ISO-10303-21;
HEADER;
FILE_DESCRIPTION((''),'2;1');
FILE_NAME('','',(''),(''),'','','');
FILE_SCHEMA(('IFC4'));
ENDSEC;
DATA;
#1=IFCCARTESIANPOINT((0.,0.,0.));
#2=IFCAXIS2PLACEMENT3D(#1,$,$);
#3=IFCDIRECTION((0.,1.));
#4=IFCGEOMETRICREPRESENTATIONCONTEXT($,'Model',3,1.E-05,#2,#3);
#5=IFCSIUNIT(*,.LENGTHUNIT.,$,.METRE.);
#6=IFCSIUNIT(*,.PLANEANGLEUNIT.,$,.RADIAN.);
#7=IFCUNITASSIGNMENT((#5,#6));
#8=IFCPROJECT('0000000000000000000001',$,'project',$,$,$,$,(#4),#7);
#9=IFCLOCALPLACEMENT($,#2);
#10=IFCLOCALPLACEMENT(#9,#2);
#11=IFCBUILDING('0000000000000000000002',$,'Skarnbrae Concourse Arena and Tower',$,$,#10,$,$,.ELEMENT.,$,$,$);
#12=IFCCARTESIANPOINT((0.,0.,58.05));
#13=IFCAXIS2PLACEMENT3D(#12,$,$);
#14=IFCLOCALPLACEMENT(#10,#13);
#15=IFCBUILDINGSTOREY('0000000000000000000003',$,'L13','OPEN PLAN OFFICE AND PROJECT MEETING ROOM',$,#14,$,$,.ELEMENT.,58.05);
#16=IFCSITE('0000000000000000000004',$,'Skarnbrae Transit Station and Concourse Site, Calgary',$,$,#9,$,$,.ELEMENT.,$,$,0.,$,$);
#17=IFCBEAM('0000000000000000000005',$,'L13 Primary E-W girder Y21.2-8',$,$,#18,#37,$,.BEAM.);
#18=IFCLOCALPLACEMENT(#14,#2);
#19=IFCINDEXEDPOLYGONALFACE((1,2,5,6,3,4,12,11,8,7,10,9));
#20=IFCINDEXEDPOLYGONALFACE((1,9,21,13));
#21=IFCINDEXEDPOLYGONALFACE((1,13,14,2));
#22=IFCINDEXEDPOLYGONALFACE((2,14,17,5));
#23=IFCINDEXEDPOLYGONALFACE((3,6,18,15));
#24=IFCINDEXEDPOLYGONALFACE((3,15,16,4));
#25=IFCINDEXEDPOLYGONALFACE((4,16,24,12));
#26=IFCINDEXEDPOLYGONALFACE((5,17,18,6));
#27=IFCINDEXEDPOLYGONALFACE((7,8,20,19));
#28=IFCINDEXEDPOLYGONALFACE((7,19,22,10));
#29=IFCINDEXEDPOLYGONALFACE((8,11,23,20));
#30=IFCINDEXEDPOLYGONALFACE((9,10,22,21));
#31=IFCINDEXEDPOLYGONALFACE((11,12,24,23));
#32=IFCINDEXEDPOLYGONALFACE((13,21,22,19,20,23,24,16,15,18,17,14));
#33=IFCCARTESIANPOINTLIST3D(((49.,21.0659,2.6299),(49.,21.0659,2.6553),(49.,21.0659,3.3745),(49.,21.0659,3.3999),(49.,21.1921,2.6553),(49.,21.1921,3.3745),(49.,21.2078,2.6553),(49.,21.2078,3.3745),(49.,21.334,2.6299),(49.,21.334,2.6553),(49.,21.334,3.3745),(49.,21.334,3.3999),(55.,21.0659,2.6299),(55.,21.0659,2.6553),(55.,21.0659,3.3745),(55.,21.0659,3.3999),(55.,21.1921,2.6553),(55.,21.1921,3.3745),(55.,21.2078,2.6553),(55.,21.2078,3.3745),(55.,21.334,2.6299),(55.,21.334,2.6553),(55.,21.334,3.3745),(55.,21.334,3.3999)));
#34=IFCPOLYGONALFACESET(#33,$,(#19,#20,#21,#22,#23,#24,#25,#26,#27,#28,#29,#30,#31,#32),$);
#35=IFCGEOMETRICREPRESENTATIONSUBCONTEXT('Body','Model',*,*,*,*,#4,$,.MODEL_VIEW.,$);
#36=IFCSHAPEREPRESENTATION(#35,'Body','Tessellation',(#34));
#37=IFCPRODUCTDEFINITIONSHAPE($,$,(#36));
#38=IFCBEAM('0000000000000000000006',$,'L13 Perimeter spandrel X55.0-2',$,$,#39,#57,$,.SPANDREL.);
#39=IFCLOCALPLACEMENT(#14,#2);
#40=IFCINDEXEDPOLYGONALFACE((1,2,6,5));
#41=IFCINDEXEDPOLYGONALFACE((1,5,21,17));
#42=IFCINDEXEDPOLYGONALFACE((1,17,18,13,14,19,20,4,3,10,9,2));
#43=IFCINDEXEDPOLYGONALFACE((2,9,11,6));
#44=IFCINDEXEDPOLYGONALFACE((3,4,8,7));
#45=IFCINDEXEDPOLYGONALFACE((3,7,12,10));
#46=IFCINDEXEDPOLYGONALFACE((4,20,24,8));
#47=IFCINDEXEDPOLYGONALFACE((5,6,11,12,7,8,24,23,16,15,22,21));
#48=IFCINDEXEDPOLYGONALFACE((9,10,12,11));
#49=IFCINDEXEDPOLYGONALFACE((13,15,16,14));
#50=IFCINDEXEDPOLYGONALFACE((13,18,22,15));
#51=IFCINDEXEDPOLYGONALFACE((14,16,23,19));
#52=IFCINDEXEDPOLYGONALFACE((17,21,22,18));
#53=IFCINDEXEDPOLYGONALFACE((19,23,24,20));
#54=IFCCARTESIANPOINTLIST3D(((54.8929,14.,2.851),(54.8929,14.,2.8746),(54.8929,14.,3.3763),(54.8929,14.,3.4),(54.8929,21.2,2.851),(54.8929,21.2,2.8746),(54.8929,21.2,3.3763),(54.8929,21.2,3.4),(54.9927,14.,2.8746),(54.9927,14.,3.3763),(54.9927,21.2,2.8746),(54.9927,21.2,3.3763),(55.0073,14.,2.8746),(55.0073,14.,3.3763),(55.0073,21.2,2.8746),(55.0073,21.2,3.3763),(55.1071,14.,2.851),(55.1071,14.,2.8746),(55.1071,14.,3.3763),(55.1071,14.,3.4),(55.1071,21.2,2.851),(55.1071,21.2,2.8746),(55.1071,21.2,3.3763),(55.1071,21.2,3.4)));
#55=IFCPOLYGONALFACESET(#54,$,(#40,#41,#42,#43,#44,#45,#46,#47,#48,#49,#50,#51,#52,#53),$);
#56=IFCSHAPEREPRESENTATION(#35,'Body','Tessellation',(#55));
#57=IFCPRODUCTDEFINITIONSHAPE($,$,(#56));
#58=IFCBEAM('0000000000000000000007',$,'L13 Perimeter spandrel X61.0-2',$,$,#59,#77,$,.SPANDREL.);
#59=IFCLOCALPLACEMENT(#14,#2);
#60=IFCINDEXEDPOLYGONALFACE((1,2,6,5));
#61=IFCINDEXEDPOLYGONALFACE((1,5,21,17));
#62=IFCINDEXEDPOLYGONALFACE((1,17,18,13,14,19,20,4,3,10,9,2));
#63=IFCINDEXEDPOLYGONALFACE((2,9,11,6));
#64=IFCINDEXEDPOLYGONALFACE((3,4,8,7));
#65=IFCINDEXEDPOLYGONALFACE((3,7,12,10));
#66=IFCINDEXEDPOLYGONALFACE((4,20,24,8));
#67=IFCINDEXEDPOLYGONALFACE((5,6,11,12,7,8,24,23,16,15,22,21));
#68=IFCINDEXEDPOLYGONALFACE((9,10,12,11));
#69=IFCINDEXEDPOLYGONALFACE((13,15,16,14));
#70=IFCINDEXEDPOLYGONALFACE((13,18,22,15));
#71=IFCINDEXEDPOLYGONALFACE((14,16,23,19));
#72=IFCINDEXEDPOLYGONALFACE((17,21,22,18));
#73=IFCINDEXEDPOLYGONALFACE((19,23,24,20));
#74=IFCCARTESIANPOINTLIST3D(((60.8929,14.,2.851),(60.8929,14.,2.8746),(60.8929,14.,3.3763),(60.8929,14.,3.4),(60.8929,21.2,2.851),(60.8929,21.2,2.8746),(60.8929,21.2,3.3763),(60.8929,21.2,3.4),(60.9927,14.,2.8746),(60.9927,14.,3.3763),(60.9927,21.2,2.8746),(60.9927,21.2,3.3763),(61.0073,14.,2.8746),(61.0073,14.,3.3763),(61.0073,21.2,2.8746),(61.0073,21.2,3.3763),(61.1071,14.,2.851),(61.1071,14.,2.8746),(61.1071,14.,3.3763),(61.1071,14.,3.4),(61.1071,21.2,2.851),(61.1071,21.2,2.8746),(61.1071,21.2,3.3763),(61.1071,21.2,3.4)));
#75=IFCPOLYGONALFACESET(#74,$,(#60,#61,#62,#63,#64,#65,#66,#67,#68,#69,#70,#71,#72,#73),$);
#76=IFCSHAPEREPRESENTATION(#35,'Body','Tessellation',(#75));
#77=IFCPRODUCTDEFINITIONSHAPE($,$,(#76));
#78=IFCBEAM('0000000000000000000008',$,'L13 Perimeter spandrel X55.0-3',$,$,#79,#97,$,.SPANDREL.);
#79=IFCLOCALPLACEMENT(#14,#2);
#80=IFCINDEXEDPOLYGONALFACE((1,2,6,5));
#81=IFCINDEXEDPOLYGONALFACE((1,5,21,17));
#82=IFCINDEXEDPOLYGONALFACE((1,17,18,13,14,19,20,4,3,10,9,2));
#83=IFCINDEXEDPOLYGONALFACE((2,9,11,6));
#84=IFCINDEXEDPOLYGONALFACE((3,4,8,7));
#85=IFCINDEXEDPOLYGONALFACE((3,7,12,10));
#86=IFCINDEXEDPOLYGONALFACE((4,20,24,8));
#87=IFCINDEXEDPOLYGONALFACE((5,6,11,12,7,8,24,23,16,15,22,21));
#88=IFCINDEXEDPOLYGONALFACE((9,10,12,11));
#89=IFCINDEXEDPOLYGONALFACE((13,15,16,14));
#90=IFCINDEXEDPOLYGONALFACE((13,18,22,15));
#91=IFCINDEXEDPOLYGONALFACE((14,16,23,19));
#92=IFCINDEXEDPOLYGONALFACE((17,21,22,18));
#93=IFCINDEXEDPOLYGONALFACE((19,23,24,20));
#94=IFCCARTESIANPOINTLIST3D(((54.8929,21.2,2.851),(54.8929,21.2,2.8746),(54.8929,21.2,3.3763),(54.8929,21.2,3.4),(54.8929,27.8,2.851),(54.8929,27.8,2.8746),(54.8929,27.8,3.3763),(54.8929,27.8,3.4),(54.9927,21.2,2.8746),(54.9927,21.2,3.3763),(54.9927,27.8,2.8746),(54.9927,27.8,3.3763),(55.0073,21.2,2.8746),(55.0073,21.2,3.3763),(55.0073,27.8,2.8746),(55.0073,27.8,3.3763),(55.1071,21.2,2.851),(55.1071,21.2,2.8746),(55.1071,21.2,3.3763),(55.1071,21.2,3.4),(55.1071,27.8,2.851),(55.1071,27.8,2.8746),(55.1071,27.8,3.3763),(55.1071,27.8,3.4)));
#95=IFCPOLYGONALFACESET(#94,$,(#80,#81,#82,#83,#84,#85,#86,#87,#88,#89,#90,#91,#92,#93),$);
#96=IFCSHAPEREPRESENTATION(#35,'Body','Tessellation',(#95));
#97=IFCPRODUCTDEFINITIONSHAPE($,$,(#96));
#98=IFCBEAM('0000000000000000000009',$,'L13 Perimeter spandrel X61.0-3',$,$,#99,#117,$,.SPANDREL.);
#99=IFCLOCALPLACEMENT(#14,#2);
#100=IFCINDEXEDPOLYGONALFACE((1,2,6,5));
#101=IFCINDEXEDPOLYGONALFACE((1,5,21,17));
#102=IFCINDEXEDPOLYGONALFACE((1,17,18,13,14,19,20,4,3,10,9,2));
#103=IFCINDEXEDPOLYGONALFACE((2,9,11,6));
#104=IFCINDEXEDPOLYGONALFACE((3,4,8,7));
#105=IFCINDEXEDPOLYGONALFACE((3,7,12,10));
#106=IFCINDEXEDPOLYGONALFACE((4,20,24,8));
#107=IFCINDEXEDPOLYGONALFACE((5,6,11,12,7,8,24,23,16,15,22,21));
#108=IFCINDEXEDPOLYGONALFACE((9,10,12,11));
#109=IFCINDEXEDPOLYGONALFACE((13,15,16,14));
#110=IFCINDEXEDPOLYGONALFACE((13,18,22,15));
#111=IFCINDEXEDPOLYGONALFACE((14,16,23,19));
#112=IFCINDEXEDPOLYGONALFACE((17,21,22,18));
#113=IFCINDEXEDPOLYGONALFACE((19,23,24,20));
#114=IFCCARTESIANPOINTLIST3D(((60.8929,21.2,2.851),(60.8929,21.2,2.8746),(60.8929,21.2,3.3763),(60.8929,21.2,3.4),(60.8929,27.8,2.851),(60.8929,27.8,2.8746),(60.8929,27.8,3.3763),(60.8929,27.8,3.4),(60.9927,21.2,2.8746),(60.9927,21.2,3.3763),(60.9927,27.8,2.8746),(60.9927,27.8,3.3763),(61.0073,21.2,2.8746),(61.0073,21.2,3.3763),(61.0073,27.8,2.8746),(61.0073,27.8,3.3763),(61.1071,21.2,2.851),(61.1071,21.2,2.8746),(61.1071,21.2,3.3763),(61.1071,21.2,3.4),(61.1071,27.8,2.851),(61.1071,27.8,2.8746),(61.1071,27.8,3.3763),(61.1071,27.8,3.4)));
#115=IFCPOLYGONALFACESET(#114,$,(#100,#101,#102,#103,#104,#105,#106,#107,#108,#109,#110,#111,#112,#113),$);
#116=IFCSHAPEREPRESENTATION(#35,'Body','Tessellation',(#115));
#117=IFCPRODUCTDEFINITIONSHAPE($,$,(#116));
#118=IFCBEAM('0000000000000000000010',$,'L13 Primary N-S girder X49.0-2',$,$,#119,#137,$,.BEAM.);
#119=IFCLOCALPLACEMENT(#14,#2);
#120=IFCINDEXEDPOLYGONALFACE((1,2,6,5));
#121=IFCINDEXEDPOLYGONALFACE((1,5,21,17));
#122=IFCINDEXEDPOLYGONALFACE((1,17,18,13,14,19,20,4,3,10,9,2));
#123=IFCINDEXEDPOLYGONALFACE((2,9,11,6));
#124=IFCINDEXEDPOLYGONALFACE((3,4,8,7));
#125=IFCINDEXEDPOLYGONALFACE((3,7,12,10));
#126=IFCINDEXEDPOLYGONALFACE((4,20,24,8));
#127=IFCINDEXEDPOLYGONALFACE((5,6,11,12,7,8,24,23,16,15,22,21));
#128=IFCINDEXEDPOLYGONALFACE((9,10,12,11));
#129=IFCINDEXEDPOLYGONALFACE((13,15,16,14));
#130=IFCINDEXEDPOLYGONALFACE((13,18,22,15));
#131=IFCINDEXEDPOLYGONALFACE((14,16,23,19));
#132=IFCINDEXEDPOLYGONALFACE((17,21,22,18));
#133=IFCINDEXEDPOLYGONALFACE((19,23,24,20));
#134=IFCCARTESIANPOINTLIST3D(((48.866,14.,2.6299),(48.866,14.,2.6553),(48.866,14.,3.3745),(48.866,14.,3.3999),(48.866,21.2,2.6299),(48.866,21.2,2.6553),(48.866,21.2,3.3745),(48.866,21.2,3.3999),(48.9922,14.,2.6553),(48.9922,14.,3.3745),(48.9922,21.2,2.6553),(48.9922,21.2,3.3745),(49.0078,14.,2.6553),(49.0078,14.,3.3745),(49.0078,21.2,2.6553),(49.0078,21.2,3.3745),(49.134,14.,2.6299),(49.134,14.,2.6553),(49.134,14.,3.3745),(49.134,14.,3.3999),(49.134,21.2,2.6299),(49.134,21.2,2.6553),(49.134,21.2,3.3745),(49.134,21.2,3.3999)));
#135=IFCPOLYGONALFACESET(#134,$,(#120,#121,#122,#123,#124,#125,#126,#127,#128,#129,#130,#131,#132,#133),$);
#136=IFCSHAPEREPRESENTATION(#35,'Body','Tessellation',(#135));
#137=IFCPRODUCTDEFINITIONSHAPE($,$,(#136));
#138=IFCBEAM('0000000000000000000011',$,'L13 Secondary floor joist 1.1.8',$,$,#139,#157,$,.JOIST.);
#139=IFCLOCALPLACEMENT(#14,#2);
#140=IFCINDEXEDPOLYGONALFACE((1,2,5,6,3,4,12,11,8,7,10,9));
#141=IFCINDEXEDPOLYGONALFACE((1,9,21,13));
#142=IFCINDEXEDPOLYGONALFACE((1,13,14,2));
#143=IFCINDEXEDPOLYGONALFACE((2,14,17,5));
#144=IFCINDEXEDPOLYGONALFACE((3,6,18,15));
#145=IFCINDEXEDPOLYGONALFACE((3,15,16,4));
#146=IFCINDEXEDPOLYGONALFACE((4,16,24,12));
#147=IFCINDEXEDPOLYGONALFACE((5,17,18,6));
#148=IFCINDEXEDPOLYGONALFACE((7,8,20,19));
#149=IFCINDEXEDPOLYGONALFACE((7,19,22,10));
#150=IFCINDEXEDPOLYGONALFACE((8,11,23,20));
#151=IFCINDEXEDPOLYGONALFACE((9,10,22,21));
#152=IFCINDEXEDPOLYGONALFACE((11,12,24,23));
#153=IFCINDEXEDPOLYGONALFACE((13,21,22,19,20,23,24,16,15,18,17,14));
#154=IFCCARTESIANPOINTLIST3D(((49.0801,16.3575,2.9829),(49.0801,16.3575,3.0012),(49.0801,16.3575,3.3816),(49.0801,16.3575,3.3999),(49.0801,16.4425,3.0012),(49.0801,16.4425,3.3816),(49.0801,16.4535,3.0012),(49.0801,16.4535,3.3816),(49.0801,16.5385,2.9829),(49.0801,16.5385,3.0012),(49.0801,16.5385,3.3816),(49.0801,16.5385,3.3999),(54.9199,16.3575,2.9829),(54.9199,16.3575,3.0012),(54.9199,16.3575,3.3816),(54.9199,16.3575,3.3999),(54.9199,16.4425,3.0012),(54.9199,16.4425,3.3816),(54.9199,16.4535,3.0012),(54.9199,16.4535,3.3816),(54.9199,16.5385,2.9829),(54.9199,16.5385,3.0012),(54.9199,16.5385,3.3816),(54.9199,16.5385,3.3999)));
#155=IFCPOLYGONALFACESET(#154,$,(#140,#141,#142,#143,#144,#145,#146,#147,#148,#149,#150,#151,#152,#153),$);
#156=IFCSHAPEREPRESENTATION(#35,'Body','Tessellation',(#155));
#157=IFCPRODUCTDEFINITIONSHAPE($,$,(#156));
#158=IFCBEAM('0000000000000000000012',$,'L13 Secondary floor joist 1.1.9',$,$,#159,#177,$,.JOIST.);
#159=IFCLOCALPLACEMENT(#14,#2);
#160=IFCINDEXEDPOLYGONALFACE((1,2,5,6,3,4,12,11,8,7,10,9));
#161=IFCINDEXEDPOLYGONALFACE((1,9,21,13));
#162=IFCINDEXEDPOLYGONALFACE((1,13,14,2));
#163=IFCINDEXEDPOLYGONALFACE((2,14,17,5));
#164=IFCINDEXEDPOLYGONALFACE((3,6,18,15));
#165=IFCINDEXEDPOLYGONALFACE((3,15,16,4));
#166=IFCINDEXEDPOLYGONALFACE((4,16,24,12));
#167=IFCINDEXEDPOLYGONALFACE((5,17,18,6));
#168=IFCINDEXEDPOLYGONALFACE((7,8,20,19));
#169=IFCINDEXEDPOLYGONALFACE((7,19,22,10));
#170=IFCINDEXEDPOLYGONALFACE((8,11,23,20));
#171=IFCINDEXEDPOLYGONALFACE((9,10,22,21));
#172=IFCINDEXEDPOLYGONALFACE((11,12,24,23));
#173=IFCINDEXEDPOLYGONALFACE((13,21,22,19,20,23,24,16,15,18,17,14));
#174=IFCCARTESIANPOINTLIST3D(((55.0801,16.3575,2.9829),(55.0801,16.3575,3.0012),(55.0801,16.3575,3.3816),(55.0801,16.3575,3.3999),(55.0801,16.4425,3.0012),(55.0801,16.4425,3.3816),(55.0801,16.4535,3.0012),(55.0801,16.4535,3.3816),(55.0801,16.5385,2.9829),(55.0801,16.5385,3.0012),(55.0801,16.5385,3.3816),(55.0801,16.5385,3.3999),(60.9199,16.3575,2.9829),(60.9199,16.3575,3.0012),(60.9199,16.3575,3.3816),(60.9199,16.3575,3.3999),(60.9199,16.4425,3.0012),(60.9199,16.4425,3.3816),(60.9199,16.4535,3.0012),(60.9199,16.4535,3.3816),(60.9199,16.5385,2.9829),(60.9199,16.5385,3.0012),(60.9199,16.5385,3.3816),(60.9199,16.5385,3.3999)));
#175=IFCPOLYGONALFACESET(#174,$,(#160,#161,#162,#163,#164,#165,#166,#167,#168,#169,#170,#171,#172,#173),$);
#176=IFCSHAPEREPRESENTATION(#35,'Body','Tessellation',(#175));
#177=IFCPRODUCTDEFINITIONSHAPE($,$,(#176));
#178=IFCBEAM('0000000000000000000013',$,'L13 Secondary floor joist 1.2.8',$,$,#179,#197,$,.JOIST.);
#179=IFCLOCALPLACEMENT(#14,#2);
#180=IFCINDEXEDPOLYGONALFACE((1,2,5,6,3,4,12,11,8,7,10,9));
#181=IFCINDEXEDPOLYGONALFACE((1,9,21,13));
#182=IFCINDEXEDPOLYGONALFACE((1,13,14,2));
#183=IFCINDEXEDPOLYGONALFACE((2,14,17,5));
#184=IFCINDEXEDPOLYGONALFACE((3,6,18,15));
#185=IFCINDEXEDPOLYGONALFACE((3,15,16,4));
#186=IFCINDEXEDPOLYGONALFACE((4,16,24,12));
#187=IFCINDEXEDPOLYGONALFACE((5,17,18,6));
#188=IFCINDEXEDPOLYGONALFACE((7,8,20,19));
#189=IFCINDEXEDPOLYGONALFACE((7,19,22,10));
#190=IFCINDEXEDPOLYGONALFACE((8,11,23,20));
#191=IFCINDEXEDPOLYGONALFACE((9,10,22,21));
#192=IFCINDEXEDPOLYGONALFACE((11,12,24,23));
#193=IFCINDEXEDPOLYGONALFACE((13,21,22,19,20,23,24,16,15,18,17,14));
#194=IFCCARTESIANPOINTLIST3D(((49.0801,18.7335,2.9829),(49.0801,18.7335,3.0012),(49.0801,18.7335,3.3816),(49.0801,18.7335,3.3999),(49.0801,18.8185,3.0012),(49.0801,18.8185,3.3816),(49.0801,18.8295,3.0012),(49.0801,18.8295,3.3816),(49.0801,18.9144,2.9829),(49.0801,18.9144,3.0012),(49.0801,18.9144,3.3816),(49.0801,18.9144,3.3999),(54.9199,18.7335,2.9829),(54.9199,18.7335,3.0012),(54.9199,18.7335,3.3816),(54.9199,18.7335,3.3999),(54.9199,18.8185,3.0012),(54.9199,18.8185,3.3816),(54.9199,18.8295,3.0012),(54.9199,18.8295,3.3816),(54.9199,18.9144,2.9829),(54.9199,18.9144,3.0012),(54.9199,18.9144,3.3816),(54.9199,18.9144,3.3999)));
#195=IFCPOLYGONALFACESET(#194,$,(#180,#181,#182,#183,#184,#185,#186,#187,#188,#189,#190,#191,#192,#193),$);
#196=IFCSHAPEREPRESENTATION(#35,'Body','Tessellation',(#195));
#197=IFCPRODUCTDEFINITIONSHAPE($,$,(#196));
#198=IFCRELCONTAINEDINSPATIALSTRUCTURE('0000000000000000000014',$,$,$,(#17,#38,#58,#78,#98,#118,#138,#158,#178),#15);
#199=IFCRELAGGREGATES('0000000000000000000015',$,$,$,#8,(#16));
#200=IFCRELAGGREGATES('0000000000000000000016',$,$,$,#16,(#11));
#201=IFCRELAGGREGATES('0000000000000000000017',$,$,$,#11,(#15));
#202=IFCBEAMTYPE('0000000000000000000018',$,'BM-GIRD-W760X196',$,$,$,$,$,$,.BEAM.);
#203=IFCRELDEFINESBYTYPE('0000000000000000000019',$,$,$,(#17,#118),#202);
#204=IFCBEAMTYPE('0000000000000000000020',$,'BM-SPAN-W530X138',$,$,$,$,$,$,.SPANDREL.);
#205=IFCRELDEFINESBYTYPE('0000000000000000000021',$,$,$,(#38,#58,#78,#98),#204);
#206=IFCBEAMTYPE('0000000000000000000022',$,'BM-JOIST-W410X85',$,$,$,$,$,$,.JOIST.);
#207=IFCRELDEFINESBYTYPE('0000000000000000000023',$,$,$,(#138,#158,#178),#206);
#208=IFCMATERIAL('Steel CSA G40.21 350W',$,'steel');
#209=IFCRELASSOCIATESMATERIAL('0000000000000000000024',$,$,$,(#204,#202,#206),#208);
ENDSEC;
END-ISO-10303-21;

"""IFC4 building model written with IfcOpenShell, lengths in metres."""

from ifc_helpers import new_model, si_unit, direction, frame, origin, origin_2d, place, context, subcontext, project, spatial, i_section, extrude, source, transform, mapped, material, material_profile, profile_set, type_object, element, save


model = new_model("IFC4")

# Units and contexts
model_context = context("Model", 3, precision=1e-05, world=origin(), true_north=direction((0.0, 1.0)))
body_context = subcontext(model_context, "Body", "Model", "MODEL_VIEW")
ifc_project = project(units=[si_unit("LENGTHUNIT", "METRE"), si_unit("PLANEANGLEUNIT", "RADIAN")], contexts=[model_context])

# Site, building, storey
site_placement = place(None, origin())
site = spatial("IfcSite", under=ifc_project, at=site_placement, Name="Skarnbrae Transit Station and Concourse Site, Calgary", CompositionType="ELEMENT", RefElevation=0.0)
building_placement = place(site_placement, origin())
building = spatial("IfcBuilding", under=site, at=building_placement, Name="Skarnbrae Concourse Arena and Tower", CompositionType="ELEMENT")
storey_placement = place(building_placement, frame((0.0, 0.0, 58.05)))
storey = spatial("IfcBuildingStorey", under=building, at=storey_placement, Name="L13", Description="OPEN PLAN OFFICE AND PROJECT MEETING ROOM", CompositionType="ELEMENT", Elevation=58.05)

# Shared definitions
ifc_material_1 = material(Name="Steel CSA G40.21 350W", Category="steel")

# Beams
ifc_material_profile_1 = material_profile(ifc_material_1, i_section(OverallWidth=0.2141, OverallDepth=0.5491, WebThickness=0.0146, FlangeThickness=0.0237, at=origin_2d()), Name="W530X138")
ifc_profile_set_1 = profile_set([ifc_material_profile_1], Name="Steel CSA G40.21 350W")
beam_type_1 = type_object("IfcBeamType", Name="BM-SPAN-W530X138", PredefinedType="SPANDREL", material=ifc_profile_set_1)
ifc_material_profile_2 = material_profile(ifc_material_1, i_section(OverallWidth=0.2681, OverallDepth=0.77, WebThickness=0.0156, FlangeThickness=0.0254, at=origin_2d()), Name="W760X196")
ifc_profile_set_2 = profile_set([ifc_material_profile_2], Name="Steel CSA G40.21 350W")
beam_type_2 = type_object("IfcBeamType", Name="BM-GIRD-W760X196", PredefinedType="BEAM", material=ifc_profile_set_2)
shared_shape_1 = source(origin(), body_context, "Body", "SweptSolid", [
    extrude(i_section(OverallWidth=0.2681, OverallDepth=0.77, WebThickness=0.0156, FlangeThickness=0.0254, at=origin_2d()), origin(), (0.0, 0.0, 1.0), 6.0),
])
beam_1_placement = place(storey_placement, frame((49.0, 21.2, 3.0149), z_axis=(1.0, 0.0, 0.0), x_axis=(0.0, 1.0, 0.0)))
element("IfcBeam", 1, at=beam_1_placement, inside=storey, type_object=beam_type_2, Name="L13 Primary E-W girder Y21.2-8", PredefinedType="BEAM", context=body_context, shape_type="MappedRepresentation", body=[
    mapped(shared_shape_1, transform((0.0, 0.0, 0.0))),
])
shared_shape_2 = source(origin(), body_context, "Body", "SweptSolid", [
    extrude(i_section(OverallWidth=0.2141, OverallDepth=0.5491, WebThickness=0.0146, FlangeThickness=0.0237, at=origin_2d()), origin(), (0.0, 0.0, 1.0), 7.2),
])
for number, where, z_axis, x_axis, name in (
    (2, (55.0, 14.0, 3.1255), (0.0, 1.0, 0.0), (-1.0, 0.0, 0.0), "L13 Perimeter spandrel X55.0-2"),
    (3, (61.0, 14.0, 3.1255), (0.0, 1.0, 0.0), (-1.0, 0.0, 0.0), "L13 Perimeter spandrel X61.0-2"),
):
    element("IfcBeam", number, at=place(storey_placement, frame(where, z_axis=z_axis, x_axis=x_axis)), inside=storey, type_object=beam_type_1, Name=name, PredefinedType="SPANDREL", context=body_context, shape_type="MappedRepresentation", body=[
        mapped(shared_shape_2, transform((0.0, 0.0, 0.0))),
    ])
shared_shape_3 = source(origin(), body_context, "Body", "SweptSolid", [
    extrude(i_section(OverallWidth=0.2141, OverallDepth=0.5491, WebThickness=0.0146, FlangeThickness=0.0237, at=origin_2d()), origin(), (0.0, 0.0, 1.0), 6.6001),
])
for number, where, z_axis, x_axis, name in (
    (4, (55.0, 21.2, 3.1255), (0.0, 1.0, 0.0), (-1.0, 0.0, 0.0), "L13 Perimeter spandrel X55.0-3"),
    (5, (61.0, 21.2, 3.1255), (0.0, 1.0, 0.0), (-1.0, 0.0, 0.0), "L13 Perimeter spandrel X61.0-3"),
):
    element("IfcBeam", number, at=place(storey_placement, frame(where, z_axis=z_axis, x_axis=x_axis)), inside=storey, type_object=beam_type_1, Name=name, PredefinedType="SPANDREL", context=body_context, shape_type="MappedRepresentation", body=[
        mapped(shared_shape_3, transform((0.0, 0.0, 0.0))),
    ])
shared_shape_4 = source(origin(), body_context, "Body", "SweptSolid", [
    extrude(i_section(OverallWidth=0.2681, OverallDepth=0.77, WebThickness=0.0156, FlangeThickness=0.0254, at=origin_2d()), origin(), (0.0, 0.0, 1.0), 7.2),
])
beam_2_placement = place(storey_placement, frame((49.0, 14.0, 3.0149), z_axis=(0.0, 1.0, 0.0), x_axis=(-1.0, 0.0, 0.0)))
element("IfcBeam", 6, at=beam_2_placement, inside=storey, type_object=beam_type_2, Name="L13 Primary N-S girder X49.0-2", PredefinedType="BEAM", context=body_context, shape_type="MappedRepresentation", body=[
    mapped(shared_shape_4, transform((0.0, 0.0, 0.0))),
])
ifc_material_profile_3 = material_profile(ifc_material_1, i_section(OverallWidth=0.1809, OverallDepth=0.417, WebThickness=0.011, FlangeThickness=0.0183, at=origin_2d()), Name="W410X85")
ifc_profile_set_3 = profile_set([ifc_material_profile_3], Name="Steel CSA G40.21 350W")
beam_type_3 = type_object("IfcBeamType", Name="BM-JOIST-W410X85", PredefinedType="JOIST", material=ifc_profile_set_3)
shared_shape_5 = source(origin(), body_context, "Body", "SweptSolid", [
    extrude(i_section(OverallWidth=0.1809, OverallDepth=0.417, WebThickness=0.011, FlangeThickness=0.0183, at=origin_2d()), origin(), (0.0, 0.0, 1.0), 5.8398),
])
for number, where, z_axis, x_axis, name in (
    (7, (49.0801, 16.448, 3.1914), (1.0, 0.0, 0.0), (0.0, 1.0, 0.0), "L13 Secondary floor joist 1.1.8"),
    (8, (55.0801, 16.448, 3.1914), (1.0, 0.0, 0.0), (0.0, 1.0, 0.0), "L13 Secondary floor joist 1.1.9"),
    (9, (49.0801, 18.824, 3.1914), (1.0, 0.0, 0.0), (0.0, 1.0, 0.0), "L13 Secondary floor joist 1.2.8"),
):
    element("IfcBeam", number, at=place(storey_placement, frame(where, z_axis=z_axis, x_axis=x_axis)), inside=storey, type_object=beam_type_3, Name=name, PredefinedType="JOIST", context=body_context, shape_type="MappedRepresentation", body=[
        mapped(shared_shape_5, transform((0.0, 0.0, 0.0))),
    ])

save(model, "model.ifc")
